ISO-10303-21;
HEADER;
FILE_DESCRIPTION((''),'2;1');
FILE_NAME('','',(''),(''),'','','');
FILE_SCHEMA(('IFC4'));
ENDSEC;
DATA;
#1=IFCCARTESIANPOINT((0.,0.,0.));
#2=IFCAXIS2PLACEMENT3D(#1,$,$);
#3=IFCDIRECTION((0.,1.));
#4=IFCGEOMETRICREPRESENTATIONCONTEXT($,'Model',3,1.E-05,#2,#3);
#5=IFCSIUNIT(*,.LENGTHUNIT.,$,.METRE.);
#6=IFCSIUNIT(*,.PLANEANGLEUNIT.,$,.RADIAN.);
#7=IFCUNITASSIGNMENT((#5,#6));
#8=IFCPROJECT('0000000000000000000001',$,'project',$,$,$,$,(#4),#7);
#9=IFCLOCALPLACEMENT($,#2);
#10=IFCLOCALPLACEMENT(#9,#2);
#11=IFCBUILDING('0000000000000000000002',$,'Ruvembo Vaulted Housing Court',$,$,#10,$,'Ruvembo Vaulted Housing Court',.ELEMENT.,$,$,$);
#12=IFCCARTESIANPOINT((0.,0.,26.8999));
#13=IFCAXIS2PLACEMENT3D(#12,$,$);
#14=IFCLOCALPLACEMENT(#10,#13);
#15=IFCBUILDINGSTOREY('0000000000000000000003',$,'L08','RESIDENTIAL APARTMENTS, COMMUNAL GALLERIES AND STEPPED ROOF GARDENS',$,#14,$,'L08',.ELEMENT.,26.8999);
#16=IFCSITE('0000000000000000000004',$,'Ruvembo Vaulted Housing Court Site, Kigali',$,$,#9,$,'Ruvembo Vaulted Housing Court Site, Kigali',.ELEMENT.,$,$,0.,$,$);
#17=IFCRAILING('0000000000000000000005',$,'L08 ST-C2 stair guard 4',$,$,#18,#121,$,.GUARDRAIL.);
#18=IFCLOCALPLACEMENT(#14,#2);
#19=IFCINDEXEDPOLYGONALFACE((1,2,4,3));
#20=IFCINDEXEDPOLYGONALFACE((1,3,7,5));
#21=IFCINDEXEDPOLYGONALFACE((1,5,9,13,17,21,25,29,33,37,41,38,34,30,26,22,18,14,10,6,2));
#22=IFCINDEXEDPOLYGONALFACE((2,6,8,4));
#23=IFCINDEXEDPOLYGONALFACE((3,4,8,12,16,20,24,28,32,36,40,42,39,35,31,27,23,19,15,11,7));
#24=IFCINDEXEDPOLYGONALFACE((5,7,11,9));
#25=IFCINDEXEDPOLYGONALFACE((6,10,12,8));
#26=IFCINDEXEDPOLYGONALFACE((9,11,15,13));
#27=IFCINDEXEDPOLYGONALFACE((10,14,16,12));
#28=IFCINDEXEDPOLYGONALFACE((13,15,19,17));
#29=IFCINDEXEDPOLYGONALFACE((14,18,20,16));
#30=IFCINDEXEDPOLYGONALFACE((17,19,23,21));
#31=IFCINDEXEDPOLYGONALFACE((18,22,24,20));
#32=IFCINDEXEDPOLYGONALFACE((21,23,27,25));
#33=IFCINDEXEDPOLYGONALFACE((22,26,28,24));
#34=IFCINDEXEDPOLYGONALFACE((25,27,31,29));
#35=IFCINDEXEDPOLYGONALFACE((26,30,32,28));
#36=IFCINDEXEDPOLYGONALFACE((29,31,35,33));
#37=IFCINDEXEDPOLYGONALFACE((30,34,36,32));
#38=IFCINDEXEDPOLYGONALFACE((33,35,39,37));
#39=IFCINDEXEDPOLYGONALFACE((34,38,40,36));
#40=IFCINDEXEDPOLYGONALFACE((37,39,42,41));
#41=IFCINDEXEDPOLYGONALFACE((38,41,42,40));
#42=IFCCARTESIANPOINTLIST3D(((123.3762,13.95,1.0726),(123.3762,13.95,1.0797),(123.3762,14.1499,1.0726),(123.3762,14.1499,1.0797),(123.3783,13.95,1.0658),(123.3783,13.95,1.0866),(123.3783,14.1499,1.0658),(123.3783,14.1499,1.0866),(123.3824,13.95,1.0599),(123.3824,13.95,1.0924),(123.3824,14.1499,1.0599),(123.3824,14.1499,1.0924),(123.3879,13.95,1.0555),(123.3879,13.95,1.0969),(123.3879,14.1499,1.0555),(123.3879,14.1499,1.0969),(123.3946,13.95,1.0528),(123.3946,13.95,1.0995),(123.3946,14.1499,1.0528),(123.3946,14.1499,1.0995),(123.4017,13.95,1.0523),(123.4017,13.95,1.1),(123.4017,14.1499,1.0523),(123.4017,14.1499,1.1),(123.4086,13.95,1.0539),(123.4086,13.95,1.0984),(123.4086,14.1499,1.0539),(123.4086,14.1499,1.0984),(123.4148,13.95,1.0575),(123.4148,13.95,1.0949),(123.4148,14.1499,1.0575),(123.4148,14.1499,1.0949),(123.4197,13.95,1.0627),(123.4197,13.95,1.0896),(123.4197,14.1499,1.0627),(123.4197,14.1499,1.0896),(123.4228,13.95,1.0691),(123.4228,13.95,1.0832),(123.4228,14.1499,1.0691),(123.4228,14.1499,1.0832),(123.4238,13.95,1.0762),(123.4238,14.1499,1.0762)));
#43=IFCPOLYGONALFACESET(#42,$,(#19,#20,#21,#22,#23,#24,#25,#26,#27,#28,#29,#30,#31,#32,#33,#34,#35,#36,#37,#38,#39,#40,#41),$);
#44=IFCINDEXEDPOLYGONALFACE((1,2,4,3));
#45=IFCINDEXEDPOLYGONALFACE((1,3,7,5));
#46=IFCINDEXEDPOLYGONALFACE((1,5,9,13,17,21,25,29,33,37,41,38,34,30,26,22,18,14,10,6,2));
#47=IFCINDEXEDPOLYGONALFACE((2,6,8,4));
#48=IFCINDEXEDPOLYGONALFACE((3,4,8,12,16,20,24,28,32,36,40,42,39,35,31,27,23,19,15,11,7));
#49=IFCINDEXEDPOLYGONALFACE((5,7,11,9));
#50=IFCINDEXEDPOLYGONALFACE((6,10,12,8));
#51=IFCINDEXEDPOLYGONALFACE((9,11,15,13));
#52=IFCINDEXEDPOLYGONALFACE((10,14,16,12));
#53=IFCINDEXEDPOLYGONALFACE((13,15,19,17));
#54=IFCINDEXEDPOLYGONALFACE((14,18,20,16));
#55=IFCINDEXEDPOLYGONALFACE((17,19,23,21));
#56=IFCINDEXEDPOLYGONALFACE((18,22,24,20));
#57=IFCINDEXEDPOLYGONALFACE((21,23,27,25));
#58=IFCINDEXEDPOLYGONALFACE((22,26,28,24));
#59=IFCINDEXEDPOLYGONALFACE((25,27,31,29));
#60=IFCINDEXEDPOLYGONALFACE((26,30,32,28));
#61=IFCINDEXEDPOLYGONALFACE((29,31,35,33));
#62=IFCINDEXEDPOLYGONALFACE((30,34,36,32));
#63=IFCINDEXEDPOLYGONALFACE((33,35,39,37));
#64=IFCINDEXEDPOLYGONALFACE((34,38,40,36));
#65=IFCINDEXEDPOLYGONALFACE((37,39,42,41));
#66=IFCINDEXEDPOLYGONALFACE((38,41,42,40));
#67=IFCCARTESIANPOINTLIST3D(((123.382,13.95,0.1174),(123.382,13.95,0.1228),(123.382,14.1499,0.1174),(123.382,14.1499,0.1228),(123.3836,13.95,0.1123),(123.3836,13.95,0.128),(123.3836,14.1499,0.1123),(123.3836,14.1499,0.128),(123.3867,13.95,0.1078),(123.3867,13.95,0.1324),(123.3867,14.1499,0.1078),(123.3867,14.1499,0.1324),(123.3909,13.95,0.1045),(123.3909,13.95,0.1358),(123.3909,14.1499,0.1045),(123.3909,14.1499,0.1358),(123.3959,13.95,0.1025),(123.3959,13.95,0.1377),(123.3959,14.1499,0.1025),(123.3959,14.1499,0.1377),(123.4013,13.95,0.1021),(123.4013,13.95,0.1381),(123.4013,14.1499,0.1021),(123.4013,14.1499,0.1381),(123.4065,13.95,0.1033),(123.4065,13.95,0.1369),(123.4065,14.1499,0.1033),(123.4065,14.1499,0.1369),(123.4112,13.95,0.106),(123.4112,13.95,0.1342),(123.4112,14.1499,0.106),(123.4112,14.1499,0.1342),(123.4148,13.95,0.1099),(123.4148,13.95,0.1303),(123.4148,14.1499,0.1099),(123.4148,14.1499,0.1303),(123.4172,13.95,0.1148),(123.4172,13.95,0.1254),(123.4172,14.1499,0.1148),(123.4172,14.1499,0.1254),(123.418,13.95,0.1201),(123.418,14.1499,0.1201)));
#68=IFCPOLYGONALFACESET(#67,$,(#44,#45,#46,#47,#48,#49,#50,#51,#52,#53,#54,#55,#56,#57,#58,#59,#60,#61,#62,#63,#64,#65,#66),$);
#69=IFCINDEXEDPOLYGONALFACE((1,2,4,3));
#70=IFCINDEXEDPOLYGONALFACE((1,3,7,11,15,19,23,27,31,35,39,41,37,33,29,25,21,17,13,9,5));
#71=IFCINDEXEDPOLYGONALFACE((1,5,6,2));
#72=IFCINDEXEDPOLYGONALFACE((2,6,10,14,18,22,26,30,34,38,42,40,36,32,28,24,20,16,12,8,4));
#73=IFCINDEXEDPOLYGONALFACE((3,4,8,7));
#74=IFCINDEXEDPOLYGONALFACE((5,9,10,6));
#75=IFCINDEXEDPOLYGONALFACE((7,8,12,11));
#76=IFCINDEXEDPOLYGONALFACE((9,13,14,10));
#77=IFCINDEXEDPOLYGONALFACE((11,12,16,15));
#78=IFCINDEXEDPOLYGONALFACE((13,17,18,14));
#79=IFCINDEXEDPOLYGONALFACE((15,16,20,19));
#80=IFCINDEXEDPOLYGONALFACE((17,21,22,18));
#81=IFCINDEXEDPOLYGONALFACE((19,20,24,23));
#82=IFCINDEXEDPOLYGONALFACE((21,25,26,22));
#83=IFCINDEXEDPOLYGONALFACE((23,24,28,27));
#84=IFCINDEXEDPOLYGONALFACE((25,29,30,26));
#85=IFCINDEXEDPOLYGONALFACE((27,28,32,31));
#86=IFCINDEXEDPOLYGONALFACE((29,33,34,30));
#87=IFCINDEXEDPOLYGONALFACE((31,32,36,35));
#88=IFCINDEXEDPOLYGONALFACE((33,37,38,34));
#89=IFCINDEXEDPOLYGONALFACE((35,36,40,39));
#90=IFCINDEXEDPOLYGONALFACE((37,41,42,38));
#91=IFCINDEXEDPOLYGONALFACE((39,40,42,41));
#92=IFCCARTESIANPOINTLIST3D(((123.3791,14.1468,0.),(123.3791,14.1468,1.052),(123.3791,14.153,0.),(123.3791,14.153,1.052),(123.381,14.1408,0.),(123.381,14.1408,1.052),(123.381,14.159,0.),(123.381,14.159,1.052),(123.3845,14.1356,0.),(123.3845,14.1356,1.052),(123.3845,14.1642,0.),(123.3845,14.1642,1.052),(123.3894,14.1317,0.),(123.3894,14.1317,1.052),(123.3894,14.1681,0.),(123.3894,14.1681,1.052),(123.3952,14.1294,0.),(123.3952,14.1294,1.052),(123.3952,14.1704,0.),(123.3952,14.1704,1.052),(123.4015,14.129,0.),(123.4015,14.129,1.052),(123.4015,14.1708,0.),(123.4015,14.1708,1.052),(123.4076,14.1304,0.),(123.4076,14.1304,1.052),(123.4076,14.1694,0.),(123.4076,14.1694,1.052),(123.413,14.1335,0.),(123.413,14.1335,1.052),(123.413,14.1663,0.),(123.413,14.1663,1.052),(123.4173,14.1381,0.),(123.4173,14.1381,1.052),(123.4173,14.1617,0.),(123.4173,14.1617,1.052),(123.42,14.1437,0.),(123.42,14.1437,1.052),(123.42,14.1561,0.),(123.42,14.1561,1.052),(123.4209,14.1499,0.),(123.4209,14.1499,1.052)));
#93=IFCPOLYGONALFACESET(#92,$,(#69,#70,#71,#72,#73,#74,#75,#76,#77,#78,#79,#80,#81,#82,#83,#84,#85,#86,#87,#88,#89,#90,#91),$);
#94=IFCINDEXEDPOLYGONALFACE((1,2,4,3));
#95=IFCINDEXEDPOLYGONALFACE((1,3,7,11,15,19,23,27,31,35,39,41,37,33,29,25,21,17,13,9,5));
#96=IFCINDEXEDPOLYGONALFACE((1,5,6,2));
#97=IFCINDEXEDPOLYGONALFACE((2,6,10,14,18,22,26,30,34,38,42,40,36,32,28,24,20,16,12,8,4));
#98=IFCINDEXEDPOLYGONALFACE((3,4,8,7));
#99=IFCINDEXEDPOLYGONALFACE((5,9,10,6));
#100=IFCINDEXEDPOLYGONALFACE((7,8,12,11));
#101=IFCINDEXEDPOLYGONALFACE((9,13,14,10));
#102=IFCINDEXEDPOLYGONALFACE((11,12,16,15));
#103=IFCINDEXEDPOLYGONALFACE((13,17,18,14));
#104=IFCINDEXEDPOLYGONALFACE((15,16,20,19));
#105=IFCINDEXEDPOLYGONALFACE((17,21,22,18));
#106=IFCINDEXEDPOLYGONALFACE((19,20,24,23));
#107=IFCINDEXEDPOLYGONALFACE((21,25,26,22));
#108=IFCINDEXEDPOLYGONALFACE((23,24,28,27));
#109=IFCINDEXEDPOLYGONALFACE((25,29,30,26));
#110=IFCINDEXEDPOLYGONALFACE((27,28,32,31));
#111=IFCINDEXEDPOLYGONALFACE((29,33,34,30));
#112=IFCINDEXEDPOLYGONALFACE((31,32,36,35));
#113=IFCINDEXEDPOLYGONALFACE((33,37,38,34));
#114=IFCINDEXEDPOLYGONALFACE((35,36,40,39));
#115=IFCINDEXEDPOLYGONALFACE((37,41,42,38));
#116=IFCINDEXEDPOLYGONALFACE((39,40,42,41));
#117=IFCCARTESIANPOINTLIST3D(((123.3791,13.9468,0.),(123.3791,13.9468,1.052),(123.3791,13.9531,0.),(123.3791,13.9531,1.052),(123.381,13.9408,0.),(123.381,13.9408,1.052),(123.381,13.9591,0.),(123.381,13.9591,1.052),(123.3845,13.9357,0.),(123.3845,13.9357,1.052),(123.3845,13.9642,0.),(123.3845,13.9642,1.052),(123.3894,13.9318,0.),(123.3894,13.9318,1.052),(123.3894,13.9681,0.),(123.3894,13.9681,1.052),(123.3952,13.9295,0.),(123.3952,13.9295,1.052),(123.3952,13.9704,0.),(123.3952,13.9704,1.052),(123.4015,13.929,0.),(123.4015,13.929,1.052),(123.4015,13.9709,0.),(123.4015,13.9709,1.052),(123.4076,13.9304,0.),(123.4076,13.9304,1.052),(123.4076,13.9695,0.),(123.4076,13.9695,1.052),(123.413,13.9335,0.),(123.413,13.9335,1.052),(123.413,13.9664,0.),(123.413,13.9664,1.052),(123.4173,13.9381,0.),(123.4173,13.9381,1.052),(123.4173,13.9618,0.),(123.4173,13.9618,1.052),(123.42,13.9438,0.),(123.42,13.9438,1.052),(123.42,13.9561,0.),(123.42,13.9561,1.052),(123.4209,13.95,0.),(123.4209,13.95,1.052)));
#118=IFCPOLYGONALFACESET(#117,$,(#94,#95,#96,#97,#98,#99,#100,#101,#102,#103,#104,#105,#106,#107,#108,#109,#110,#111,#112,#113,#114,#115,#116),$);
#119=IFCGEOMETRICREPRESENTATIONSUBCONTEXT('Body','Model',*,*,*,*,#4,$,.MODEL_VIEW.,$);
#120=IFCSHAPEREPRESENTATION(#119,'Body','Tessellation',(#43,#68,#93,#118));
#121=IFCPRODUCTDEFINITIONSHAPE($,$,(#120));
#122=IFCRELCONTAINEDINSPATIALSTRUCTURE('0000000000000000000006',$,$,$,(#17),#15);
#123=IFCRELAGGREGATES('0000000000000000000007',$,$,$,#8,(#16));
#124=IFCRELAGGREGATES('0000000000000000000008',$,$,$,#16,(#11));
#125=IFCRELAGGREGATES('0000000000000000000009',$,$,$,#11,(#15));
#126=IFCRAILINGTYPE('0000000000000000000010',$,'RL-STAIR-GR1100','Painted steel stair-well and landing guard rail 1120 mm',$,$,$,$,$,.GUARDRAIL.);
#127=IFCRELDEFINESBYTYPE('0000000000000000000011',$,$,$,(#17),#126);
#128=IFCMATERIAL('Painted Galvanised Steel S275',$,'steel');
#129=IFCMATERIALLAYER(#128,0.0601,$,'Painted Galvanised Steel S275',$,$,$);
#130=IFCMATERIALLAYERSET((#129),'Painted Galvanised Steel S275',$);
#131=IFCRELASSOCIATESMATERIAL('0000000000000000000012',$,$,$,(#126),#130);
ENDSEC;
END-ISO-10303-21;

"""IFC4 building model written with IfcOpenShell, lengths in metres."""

from ifc_helpers import new_model, si_unit, direction, frame, origin, origin_2d, place, context, subcontext, project, spatial, circle, extrude, material, layer, layer_set, type_object, element, save


model = new_model("IFC4")

# Units and contexts
model_context = context("Model", 3, precision=1e-05, world=origin(), true_north=direction((0.0, 1.0)))
body_context = subcontext(model_context, "Body", "Model", "MODEL_VIEW")
ifc_project = project(units=[si_unit("LENGTHUNIT", "METRE"), si_unit("PLANEANGLEUNIT", "RADIAN")], contexts=[model_context])

# Site, building, storey
site_placement = place(None, origin())
site = spatial("IfcSite", under=ifc_project, at=site_placement, Name="Ruvembo Vaulted Housing Court Site, Kigali", LongName="Ruvembo Vaulted Housing Court Site, Kigali", CompositionType="ELEMENT", RefElevation=0.0)
building_placement = place(site_placement, origin())
building = spatial("IfcBuilding", under=site, at=building_placement, Name="Ruvembo Vaulted Housing Court", LongName="Ruvembo Vaulted Housing Court", CompositionType="ELEMENT")
storey_placement = place(building_placement, frame((0.0, 0.0, 26.8999)))
storey = spatial("IfcBuildingStorey", under=building, at=storey_placement, Name="L08", Description="RESIDENTIAL APARTMENTS, COMMUNAL GALLERIES AND STEPPED ROOF GARDENS", LongName="L08", CompositionType="ELEMENT", Elevation=26.8999)

# Railing
ifc_material_1 = material(Name="Painted Galvanised Steel S275", Category="steel")
ifc_layer_1 = layer(ifc_material_1, 0.0601, Name="Painted Galvanised Steel S275")
ifc_layer_set_1 = layer_set([ifc_layer_1], Name="Painted Galvanised Steel S275")
railing_type_1 = type_object("IfcRailingType", Name="RL-STAIR-GR1100", Description="Painted steel stair-well and landing guard rail 1120 mm", PredefinedType="GUARDRAIL", material=ifc_layer_set_1)
railing_1_placement = place(storey_placement, frame((123.3999, 14.1499, 0.0)))
element("IfcRailing", 1, at=railing_1_placement, inside=storey, type_object=railing_type_1, Name="L08 ST-C2 stair guard 4", PredefinedType="GUARDRAIL", context=body_context, shape_type="SweptSolid", body=[
    extrude(circle(Radius=0.0239, at=origin_2d()), frame((0.0, 0.0, 1.0762), z_axis=(0.0, -1.0, 0.0), x_axis=(1.0, 0.0, 0.0)), (0.0, 0.0, 1.0), 0.2),
    extrude(circle(Radius=0.0181, at=origin_2d()), frame((0.0, 0.0, 0.1201), z_axis=(0.0, -1.0, 0.0), x_axis=(1.0, 0.0, 0.0)), (0.0, 0.0, 1.0), 0.2),
    extrude(circle(Radius=0.021, at=origin_2d()), origin(), (0.0, 0.0, 1.0), 1.052),
    extrude(circle(Radius=0.021, at=origin_2d()), frame((0.0, -0.2, 0.0)), (0.0, 0.0, 1.0), 1.052),
])

save(model, "model.ifc")
